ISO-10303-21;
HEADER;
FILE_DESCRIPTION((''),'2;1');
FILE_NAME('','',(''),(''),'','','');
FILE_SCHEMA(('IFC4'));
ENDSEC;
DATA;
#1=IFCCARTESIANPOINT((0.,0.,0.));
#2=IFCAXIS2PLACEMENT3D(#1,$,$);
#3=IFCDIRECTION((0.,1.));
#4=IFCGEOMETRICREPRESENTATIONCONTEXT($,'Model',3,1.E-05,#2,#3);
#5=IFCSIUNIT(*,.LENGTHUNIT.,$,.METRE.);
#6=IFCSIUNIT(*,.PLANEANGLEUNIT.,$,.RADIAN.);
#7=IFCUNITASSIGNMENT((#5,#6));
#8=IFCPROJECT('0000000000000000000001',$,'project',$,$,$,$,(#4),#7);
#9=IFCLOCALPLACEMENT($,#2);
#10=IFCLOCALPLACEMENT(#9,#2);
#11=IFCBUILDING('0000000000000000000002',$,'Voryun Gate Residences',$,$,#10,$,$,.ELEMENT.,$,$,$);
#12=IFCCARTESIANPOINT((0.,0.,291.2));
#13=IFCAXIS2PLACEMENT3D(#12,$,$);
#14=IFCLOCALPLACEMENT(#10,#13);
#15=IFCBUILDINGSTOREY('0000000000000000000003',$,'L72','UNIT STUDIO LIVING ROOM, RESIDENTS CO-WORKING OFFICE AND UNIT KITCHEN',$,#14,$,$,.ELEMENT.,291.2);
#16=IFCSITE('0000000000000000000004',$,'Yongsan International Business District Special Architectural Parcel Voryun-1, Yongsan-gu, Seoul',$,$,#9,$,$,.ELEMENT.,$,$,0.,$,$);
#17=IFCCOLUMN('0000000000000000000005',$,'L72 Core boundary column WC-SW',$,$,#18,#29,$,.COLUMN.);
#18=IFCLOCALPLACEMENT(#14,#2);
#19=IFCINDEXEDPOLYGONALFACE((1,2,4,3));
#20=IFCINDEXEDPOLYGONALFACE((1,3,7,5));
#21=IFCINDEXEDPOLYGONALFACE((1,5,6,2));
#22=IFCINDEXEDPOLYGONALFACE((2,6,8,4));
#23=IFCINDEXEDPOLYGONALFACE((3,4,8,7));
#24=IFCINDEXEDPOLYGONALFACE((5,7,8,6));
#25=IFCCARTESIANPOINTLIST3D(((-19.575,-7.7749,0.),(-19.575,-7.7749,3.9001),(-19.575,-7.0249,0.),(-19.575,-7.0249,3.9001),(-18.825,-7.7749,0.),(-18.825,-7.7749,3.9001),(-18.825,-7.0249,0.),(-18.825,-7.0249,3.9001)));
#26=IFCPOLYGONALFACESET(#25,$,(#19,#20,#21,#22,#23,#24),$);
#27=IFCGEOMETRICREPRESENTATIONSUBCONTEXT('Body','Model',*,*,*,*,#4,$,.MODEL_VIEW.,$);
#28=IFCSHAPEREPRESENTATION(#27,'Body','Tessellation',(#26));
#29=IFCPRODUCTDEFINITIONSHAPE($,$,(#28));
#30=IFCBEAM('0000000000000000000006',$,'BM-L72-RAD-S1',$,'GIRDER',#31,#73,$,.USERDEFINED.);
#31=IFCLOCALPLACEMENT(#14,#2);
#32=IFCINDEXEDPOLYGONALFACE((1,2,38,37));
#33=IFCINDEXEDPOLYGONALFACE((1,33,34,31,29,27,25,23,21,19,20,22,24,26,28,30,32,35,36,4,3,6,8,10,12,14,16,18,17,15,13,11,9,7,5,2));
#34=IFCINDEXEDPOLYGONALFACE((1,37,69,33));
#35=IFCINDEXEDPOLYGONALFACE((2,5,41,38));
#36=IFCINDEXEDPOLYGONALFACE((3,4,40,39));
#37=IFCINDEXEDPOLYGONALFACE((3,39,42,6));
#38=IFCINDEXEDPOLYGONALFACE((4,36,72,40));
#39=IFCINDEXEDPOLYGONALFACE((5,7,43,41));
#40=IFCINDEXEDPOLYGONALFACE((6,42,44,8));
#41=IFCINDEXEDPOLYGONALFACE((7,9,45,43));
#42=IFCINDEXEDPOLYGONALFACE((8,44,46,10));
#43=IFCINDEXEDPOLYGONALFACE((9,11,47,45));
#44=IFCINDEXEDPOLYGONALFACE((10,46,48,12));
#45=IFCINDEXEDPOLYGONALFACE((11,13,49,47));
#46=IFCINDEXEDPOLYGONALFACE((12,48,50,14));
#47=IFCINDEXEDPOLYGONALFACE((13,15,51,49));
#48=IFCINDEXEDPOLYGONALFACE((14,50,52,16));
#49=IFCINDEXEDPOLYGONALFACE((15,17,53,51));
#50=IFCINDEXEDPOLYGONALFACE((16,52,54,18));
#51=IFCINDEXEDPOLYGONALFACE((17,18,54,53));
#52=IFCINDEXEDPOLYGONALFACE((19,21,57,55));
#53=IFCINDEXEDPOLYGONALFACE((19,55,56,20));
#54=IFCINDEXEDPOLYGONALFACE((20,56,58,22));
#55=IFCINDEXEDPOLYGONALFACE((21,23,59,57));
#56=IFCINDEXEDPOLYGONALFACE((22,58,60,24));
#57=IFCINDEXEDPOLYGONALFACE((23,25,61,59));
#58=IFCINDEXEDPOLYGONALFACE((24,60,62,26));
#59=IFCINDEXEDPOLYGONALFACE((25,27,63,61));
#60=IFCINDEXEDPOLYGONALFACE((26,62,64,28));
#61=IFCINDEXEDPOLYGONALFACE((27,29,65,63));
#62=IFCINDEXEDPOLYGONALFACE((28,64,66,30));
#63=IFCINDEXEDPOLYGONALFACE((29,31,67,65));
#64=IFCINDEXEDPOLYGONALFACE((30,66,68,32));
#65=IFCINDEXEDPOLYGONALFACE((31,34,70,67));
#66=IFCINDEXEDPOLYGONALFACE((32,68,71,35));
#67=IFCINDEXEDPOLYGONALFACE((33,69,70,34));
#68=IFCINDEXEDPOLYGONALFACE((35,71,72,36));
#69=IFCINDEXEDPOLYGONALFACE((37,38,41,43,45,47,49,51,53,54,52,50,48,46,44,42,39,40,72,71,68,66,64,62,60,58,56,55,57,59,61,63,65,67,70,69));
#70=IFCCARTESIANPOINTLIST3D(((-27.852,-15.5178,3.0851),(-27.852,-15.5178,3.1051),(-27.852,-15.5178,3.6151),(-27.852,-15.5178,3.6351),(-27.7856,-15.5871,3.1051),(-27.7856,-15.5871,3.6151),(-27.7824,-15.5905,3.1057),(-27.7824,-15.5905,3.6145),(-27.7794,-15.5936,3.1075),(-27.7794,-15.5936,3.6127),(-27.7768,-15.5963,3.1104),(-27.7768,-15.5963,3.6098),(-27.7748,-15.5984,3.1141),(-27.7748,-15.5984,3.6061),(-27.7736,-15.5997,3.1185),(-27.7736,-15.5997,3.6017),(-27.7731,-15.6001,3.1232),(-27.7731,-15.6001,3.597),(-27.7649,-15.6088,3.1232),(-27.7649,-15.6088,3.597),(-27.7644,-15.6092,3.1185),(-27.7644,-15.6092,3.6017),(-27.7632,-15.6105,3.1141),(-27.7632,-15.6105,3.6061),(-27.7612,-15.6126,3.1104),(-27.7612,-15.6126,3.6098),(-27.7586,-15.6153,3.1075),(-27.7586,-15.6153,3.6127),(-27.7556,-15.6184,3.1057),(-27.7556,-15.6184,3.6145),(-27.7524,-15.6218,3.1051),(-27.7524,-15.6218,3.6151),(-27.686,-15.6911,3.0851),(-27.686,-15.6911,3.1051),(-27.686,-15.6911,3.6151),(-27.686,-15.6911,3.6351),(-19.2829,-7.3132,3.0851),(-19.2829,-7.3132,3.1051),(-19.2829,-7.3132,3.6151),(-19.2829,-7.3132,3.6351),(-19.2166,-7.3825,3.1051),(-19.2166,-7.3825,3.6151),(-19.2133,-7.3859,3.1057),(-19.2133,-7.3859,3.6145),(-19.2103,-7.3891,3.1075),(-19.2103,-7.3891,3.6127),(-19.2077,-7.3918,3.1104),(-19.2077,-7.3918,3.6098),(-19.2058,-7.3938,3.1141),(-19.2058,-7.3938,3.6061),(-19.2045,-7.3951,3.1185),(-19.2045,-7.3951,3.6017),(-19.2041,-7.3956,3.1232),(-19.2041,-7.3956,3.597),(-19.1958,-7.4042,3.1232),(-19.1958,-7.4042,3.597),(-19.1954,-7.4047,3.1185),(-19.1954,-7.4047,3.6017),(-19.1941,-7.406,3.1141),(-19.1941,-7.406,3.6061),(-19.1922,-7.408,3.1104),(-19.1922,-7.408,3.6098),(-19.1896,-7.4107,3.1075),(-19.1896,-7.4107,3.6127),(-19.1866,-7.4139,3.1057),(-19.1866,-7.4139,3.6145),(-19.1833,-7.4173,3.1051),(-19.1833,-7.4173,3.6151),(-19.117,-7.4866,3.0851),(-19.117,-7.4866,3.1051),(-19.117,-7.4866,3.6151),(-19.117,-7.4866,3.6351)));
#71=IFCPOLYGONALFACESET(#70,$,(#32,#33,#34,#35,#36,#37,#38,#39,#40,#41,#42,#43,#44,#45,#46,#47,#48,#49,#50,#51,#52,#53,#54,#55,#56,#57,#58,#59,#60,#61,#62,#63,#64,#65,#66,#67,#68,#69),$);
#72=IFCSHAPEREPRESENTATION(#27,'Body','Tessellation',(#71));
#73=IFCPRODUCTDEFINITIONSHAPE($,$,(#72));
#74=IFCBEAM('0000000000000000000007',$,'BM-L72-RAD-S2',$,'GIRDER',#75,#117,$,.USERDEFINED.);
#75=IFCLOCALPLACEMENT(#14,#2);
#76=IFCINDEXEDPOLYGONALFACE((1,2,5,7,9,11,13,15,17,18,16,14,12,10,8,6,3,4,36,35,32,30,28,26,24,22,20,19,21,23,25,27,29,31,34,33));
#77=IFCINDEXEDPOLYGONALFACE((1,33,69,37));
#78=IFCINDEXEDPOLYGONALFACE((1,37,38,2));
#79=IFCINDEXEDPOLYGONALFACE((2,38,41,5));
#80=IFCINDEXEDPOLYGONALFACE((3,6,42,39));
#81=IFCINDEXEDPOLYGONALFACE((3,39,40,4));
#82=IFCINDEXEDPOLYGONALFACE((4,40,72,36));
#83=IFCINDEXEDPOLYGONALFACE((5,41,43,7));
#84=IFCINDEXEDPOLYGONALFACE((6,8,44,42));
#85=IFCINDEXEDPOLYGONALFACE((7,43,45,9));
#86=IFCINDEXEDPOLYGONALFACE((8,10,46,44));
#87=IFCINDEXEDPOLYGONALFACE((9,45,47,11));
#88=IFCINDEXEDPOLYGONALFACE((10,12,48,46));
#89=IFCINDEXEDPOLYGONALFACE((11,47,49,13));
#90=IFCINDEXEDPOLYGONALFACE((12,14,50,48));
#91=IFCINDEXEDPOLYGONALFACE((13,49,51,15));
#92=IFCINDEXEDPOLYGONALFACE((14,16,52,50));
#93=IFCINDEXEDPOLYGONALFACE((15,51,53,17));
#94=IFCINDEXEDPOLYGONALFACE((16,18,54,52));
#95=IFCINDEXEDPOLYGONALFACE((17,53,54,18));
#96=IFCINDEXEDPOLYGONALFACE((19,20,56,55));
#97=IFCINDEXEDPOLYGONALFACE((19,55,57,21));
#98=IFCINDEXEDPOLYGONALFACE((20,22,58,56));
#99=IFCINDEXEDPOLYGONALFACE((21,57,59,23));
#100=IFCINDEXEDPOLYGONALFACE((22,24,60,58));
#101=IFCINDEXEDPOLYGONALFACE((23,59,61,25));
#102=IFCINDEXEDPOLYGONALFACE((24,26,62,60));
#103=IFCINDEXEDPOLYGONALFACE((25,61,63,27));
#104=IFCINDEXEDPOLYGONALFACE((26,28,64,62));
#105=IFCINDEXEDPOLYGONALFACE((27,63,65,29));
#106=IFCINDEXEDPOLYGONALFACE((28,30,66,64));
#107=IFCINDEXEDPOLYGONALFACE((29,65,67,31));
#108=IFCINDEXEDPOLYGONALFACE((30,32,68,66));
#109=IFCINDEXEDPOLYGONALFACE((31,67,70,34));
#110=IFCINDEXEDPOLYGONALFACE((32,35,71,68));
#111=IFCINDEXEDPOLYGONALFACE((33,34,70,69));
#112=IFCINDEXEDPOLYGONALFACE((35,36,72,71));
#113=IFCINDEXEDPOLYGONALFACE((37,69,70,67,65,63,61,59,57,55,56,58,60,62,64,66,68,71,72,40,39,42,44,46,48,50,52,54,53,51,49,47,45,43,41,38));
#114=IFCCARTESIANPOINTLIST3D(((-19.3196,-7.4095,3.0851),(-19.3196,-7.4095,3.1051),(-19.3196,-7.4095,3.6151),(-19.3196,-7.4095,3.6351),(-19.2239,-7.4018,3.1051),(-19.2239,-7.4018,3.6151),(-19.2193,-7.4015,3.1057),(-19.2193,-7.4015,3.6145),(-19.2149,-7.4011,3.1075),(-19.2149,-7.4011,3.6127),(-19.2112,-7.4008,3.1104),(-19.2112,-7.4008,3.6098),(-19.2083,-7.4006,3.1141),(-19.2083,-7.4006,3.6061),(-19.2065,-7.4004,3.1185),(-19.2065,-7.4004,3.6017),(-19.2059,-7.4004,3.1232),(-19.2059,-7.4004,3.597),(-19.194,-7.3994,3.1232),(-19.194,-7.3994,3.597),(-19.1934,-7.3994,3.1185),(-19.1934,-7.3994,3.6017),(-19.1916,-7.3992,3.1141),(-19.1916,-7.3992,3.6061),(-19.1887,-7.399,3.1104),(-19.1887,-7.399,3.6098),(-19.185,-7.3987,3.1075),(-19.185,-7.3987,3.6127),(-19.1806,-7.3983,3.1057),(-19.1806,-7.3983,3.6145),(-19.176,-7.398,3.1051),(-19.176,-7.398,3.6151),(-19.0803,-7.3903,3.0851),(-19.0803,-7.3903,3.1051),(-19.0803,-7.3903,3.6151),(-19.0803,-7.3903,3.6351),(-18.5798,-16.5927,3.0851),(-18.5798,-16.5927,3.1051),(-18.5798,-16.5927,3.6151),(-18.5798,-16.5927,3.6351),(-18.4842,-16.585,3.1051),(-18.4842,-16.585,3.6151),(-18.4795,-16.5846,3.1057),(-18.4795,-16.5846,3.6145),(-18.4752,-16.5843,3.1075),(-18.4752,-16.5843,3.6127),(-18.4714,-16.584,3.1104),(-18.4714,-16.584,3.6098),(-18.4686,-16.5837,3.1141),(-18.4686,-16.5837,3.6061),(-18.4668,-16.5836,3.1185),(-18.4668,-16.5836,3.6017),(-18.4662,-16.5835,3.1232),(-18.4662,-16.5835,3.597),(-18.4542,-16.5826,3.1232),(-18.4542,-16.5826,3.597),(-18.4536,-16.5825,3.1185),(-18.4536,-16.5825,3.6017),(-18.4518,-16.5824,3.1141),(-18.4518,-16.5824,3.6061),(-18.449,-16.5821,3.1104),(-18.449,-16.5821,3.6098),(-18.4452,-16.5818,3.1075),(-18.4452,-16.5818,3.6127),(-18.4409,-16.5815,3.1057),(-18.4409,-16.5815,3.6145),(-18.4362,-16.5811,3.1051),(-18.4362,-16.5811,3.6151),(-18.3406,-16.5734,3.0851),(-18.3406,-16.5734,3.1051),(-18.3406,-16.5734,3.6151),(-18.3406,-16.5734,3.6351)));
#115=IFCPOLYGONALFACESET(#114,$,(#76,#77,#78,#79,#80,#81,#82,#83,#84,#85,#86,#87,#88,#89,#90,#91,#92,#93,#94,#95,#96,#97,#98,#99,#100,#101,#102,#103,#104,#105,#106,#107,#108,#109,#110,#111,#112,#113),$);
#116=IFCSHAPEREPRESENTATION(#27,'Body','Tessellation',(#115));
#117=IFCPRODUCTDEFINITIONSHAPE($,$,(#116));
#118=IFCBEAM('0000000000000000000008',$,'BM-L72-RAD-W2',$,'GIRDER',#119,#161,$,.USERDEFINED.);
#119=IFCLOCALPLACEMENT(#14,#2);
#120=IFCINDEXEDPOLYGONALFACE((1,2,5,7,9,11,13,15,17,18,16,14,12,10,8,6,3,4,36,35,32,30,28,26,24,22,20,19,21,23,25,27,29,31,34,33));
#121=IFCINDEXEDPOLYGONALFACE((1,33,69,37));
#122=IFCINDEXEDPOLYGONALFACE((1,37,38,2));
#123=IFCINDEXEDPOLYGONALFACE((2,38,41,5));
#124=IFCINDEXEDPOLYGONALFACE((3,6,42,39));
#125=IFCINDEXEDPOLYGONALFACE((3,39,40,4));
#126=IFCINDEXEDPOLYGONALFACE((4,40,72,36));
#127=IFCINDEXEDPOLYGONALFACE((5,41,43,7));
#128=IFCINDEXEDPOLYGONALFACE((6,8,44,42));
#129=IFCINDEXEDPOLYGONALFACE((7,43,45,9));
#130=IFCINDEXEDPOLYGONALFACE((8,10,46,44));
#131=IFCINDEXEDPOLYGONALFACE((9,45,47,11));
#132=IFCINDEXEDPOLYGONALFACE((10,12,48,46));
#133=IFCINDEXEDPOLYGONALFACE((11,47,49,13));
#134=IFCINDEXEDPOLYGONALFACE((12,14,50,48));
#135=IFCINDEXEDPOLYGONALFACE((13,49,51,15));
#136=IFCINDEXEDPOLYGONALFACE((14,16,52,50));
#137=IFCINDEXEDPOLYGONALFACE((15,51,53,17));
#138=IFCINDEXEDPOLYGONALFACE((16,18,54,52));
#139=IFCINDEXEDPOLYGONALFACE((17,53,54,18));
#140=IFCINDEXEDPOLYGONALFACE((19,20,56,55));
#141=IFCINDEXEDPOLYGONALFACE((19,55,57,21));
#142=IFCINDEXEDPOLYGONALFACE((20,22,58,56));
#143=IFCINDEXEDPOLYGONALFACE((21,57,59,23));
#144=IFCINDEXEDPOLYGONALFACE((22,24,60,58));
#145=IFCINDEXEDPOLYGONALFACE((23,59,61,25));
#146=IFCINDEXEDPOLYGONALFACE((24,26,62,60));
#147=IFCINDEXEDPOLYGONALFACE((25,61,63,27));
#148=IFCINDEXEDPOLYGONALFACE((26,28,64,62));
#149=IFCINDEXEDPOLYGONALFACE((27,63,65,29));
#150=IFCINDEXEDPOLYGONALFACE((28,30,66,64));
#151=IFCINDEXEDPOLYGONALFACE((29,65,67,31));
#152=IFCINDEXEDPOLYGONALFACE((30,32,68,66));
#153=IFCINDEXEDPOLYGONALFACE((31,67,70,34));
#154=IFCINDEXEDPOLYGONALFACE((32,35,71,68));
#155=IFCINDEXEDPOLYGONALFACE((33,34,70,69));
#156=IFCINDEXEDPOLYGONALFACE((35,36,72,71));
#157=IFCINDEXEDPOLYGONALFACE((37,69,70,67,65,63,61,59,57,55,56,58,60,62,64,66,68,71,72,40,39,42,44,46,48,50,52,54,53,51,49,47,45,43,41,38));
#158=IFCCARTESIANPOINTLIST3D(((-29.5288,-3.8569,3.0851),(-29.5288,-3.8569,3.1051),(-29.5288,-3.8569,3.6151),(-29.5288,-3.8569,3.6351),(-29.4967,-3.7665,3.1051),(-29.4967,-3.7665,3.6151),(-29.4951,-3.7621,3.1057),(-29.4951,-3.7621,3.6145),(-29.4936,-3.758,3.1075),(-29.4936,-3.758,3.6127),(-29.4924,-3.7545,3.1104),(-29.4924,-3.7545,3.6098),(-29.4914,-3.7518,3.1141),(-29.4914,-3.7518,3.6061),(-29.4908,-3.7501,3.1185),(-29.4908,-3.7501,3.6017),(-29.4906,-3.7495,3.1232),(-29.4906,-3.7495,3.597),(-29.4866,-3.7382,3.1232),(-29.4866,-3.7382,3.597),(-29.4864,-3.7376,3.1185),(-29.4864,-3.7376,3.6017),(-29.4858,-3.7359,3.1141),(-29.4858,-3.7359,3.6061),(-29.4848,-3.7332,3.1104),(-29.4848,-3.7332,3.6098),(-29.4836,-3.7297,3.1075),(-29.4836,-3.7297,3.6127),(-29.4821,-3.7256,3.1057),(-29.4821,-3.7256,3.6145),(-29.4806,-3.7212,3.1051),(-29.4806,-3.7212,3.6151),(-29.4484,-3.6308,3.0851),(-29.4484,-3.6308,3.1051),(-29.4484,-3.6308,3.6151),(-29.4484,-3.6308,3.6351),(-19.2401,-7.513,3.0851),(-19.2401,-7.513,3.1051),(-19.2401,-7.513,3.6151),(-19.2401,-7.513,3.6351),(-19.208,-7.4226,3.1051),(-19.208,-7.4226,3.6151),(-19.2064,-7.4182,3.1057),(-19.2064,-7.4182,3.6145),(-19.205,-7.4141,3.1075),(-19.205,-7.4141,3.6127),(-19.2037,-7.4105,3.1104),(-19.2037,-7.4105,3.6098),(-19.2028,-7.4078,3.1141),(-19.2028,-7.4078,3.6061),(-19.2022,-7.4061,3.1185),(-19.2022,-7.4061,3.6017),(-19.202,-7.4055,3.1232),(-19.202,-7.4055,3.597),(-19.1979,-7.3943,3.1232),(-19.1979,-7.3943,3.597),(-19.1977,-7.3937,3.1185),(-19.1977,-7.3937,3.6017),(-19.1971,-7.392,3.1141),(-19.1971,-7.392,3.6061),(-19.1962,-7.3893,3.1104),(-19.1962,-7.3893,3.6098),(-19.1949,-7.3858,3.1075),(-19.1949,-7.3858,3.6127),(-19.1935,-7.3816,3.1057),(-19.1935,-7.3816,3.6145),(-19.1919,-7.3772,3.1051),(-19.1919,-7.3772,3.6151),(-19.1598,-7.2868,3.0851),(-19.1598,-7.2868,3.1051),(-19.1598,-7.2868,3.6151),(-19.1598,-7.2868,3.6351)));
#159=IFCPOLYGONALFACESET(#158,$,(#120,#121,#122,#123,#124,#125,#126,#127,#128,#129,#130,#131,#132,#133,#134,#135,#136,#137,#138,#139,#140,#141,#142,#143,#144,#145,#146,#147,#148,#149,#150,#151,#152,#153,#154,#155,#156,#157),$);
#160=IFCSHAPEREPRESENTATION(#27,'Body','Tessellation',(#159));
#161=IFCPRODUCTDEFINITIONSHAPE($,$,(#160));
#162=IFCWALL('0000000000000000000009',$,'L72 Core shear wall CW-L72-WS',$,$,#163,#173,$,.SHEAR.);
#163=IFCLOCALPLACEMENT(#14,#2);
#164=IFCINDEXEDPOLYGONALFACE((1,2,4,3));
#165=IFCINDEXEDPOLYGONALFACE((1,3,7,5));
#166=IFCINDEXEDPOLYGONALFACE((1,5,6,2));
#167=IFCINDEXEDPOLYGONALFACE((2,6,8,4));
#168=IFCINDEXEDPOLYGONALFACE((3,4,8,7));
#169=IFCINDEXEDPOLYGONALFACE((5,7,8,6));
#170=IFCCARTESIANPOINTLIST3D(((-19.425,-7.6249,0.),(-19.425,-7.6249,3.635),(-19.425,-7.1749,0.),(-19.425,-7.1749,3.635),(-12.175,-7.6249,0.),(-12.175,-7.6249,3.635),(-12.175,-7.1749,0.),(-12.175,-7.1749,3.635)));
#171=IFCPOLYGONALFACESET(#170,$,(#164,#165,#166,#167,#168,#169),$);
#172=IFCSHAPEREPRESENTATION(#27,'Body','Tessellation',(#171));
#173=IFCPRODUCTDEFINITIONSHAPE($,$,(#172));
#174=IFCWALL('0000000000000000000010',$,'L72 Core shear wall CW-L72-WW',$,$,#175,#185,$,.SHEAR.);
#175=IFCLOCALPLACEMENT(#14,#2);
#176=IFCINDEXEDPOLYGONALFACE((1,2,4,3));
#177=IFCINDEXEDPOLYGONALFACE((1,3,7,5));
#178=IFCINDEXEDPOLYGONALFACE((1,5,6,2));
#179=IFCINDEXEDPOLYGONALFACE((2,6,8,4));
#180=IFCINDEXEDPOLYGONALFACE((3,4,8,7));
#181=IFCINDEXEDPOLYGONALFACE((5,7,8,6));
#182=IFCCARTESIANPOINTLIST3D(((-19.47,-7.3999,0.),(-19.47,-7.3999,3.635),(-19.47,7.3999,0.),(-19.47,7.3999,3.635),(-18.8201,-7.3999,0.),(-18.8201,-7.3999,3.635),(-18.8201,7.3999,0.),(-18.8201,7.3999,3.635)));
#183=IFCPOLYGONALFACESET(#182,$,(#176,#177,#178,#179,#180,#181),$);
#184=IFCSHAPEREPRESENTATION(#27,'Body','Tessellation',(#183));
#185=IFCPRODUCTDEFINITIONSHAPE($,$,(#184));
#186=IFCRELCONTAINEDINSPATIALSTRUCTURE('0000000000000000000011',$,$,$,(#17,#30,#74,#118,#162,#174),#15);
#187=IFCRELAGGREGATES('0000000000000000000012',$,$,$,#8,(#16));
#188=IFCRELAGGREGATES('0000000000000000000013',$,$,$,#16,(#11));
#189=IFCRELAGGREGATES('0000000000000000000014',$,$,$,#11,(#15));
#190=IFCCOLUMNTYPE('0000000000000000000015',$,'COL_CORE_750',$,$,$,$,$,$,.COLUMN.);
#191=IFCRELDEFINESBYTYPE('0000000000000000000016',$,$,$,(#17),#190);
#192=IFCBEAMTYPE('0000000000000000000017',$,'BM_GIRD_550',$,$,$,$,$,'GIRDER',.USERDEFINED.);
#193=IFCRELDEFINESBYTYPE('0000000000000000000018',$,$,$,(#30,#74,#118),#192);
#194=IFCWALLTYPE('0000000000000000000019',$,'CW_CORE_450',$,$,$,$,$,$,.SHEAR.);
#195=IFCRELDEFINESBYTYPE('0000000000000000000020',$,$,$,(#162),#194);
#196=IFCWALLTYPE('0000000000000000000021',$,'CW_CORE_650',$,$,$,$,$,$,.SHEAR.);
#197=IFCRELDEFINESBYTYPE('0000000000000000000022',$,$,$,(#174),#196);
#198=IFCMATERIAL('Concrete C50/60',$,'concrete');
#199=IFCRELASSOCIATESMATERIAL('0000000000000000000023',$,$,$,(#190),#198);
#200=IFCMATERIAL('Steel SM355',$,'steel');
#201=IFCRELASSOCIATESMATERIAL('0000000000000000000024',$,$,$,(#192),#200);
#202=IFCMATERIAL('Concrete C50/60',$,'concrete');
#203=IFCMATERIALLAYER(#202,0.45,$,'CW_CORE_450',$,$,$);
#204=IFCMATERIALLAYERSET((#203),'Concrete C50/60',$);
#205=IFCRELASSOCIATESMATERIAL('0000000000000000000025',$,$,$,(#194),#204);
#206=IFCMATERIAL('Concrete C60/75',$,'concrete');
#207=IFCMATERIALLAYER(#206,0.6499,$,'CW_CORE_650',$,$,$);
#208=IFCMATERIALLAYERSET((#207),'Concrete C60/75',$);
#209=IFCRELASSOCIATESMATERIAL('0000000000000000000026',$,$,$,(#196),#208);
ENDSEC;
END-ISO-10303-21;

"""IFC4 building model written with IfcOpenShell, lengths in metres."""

from ifc_helpers import new_model, si_unit, direction, frame, frame_2d, origin, origin_2d, place, context, subcontext, project, spatial, rectangle, i_section, extrude, material, layer, layer_set, material_profile, profile_set, type_object, element, save


model = new_model("IFC4")

# Units and contexts
model_context = context("Model", 3, precision=1e-05, world=origin(), true_north=direction((0.0, 1.0)))
body_context = subcontext(model_context, "Body", "Model", "MODEL_VIEW")
ifc_project = project(units=[si_unit("LENGTHUNIT", "METRE"), si_unit("PLANEANGLEUNIT", "RADIAN")], contexts=[model_context])

# Site, building, storey
site_placement = place(None, origin())
site = spatial("IfcSite", under=ifc_project, at=site_placement, Name="Yongsan International Business District Special Architectural Parcel Voryun-1, Yongsan-gu, Seoul", CompositionType="ELEMENT", RefElevation=0.0)
building_placement = place(site_placement, origin())
building = spatial("IfcBuilding", under=site, at=building_placement, Name="Voryun Gate Residences", CompositionType="ELEMENT")
storey_placement = place(building_placement, frame((0.0, 0.0, 291.2)))
storey = spatial("IfcBuildingStorey", under=building, at=storey_placement, Name="L72", Description="UNIT STUDIO LIVING ROOM, RESIDENTS CO-WORKING OFFICE AND UNIT KITCHEN", CompositionType="ELEMENT", Elevation=291.2)

# Column
ifc_material_1 = material(Name="Concrete C50/60", Category="concrete")
ifc_material_profile_1 = material_profile(ifc_material_1, rectangle(XDim=0.75, YDim=0.75, at=origin_2d()), Name="RC-750x750")
ifc_profile_set_1 = profile_set([ifc_material_profile_1], Name="Concrete C50/60")
column_type = type_object("IfcColumnType", Name="COL_CORE_750", PredefinedType="COLUMN", material=ifc_profile_set_1)
column_placement = place(storey_placement, frame((-19.2, -7.3999, 0.0), z_axis=(0.0, 0.0, 1.0), x_axis=(1.0, 0.0, 0.0)))
element("IfcColumn", 1, at=column_placement, inside=storey, type_object=column_type, Name="L72 Core boundary column WC-SW", PredefinedType="COLUMN", context=body_context, shape_type="SweptSolid", body=[
    extrude(rectangle(XDim=0.75, YDim=0.75, at=origin_2d()), origin(), (0.0, 0.0, 1.0), 3.9001),
])

# Beams
ifc_material_2 = material(Name="Steel SM355", Category="steel")
ifc_material_profile_2 = material_profile(ifc_material_2, i_section(OverallWidth=0.24, OverallDepth=0.55, WebThickness=0.012, FlangeThickness=0.02, FilletRadius=0.0181, at=origin_2d()), Name="H-550x240x12x20")
ifc_profile_set_2 = profile_set([ifc_material_profile_2], Name="Steel SM355")
beam_type = type_object("IfcBeamType", Name="BM_GIRD_550", ElementType="GIRDER", PredefinedType="USERDEFINED", material=ifc_profile_set_2)
beam_1_placement = place(storey_placement, frame((-19.2, -7.3999, 3.3601), z_axis=(-0.722302, -0.691578, 0.0), x_axis=(0.691578, -0.722302, 0.0)))
element("IfcBeam", 2, at=beam_1_placement, inside=storey, type_object=beam_type, Name="BM-L72-RAD-S1", ObjectType="GIRDER", PredefinedType="USERDEFINED", context=body_context, shape_type="SweptSolid", body=[
    extrude(i_section(OverallWidth=0.24, OverallDepth=0.55, WebThickness=0.012, FlangeThickness=0.02, FilletRadius=0.0181, at=origin_2d()), origin(), (0.0, 0.0, 1.0), 11.8635),
])
beam_2_placement = place(storey_placement, frame((-19.2, -7.3999, 3.3601), z_axis=(0.080295, -0.996771, 0.0), x_axis=(0.996771, 0.080295, 0.0)))
element("IfcBeam", 3, at=beam_2_placement, inside=storey, type_object=beam_type, Name="BM-L72-RAD-S2", ObjectType="GIRDER", PredefinedType="USERDEFINED", context=body_context, shape_type="SweptSolid", body=[
    extrude(i_section(OverallWidth=0.24, OverallDepth=0.55, WebThickness=0.012, FlangeThickness=0.02, FilletRadius=0.0181, at=origin_2d()), origin(), (0.0, 0.0, 1.0), 9.2129),
])
beam_3_placement = place(storey_placement, frame((-19.2, -7.3999, 3.3601), z_axis=(-0.942277, 0.334835, 0.0), x_axis=(-0.334835, -0.942277, 0.0)))
element("IfcBeam", 4, at=beam_3_placement, inside=storey, type_object=beam_type, Name="BM-L72-RAD-W2", ObjectType="GIRDER", PredefinedType="USERDEFINED", context=body_context, shape_type="SweptSolid", body=[
    extrude(i_section(OverallWidth=0.24, OverallDepth=0.55, WebThickness=0.012, FlangeThickness=0.02, FilletRadius=0.0181, at=origin_2d()), origin(), (0.0, 0.0, 1.0), 10.9189),
])

# Walls
ifc_material_3 = material(Name="Concrete C50/60", Category="concrete")
ifc_layer_1 = layer(ifc_material_3, 0.45, Name="CW_CORE_450")
ifc_layer_set_1 = layer_set([ifc_layer_1], Name="Concrete C50/60")
wall_type_1 = type_object("IfcWallType", Name="CW_CORE_450", PredefinedType="SHEAR", material=ifc_layer_set_1)
wall_1_placement = place(storey_placement, frame((-19.425, -7.3999, 0.0), z_axis=(0.0, 0.0, 1.0), x_axis=(1.0, 0.0, 0.0)))
element("IfcWall", 5, at=wall_1_placement, inside=storey, type_object=wall_type_1, Name="L72 Core shear wall CW-L72-WS", PredefinedType="SHEAR", context=body_context, shape_type="SweptSolid", body=[
    extrude(rectangle(XDim=7.25, YDim=0.45, at=frame_2d((3.625, 0.0))), origin(), (0.0, 0.0, 1.0), 3.635),
])
ifc_material_4 = material(Name="Concrete C60/75", Category="concrete")
ifc_layer_2 = layer(ifc_material_4, 0.6499, Name="CW_CORE_650")
ifc_layer_set_2 = layer_set([ifc_layer_2], Name="Concrete C60/75")
wall_type_2 = type_object("IfcWallType", Name="CW_CORE_650", PredefinedType="SHEAR", material=ifc_layer_set_2)
wall_2_placement = place(storey_placement, frame((-19.145, -7.3999, 0.0), z_axis=(0.0, 0.0, 1.0), x_axis=(0.0, 1.0, 0.0)))
element("IfcWall", 6, at=wall_2_placement, inside=storey, type_object=wall_type_2, Name="L72 Core shear wall CW-L72-WW", PredefinedType="SHEAR", context=body_context, shape_type="SweptSolid", body=[
    extrude(rectangle(XDim=14.7998, YDim=0.6499, at=frame_2d((7.3999, 0.0))), origin(), (0.0, 0.0, 1.0), 3.635),
])

save(model, "model.ifc")
